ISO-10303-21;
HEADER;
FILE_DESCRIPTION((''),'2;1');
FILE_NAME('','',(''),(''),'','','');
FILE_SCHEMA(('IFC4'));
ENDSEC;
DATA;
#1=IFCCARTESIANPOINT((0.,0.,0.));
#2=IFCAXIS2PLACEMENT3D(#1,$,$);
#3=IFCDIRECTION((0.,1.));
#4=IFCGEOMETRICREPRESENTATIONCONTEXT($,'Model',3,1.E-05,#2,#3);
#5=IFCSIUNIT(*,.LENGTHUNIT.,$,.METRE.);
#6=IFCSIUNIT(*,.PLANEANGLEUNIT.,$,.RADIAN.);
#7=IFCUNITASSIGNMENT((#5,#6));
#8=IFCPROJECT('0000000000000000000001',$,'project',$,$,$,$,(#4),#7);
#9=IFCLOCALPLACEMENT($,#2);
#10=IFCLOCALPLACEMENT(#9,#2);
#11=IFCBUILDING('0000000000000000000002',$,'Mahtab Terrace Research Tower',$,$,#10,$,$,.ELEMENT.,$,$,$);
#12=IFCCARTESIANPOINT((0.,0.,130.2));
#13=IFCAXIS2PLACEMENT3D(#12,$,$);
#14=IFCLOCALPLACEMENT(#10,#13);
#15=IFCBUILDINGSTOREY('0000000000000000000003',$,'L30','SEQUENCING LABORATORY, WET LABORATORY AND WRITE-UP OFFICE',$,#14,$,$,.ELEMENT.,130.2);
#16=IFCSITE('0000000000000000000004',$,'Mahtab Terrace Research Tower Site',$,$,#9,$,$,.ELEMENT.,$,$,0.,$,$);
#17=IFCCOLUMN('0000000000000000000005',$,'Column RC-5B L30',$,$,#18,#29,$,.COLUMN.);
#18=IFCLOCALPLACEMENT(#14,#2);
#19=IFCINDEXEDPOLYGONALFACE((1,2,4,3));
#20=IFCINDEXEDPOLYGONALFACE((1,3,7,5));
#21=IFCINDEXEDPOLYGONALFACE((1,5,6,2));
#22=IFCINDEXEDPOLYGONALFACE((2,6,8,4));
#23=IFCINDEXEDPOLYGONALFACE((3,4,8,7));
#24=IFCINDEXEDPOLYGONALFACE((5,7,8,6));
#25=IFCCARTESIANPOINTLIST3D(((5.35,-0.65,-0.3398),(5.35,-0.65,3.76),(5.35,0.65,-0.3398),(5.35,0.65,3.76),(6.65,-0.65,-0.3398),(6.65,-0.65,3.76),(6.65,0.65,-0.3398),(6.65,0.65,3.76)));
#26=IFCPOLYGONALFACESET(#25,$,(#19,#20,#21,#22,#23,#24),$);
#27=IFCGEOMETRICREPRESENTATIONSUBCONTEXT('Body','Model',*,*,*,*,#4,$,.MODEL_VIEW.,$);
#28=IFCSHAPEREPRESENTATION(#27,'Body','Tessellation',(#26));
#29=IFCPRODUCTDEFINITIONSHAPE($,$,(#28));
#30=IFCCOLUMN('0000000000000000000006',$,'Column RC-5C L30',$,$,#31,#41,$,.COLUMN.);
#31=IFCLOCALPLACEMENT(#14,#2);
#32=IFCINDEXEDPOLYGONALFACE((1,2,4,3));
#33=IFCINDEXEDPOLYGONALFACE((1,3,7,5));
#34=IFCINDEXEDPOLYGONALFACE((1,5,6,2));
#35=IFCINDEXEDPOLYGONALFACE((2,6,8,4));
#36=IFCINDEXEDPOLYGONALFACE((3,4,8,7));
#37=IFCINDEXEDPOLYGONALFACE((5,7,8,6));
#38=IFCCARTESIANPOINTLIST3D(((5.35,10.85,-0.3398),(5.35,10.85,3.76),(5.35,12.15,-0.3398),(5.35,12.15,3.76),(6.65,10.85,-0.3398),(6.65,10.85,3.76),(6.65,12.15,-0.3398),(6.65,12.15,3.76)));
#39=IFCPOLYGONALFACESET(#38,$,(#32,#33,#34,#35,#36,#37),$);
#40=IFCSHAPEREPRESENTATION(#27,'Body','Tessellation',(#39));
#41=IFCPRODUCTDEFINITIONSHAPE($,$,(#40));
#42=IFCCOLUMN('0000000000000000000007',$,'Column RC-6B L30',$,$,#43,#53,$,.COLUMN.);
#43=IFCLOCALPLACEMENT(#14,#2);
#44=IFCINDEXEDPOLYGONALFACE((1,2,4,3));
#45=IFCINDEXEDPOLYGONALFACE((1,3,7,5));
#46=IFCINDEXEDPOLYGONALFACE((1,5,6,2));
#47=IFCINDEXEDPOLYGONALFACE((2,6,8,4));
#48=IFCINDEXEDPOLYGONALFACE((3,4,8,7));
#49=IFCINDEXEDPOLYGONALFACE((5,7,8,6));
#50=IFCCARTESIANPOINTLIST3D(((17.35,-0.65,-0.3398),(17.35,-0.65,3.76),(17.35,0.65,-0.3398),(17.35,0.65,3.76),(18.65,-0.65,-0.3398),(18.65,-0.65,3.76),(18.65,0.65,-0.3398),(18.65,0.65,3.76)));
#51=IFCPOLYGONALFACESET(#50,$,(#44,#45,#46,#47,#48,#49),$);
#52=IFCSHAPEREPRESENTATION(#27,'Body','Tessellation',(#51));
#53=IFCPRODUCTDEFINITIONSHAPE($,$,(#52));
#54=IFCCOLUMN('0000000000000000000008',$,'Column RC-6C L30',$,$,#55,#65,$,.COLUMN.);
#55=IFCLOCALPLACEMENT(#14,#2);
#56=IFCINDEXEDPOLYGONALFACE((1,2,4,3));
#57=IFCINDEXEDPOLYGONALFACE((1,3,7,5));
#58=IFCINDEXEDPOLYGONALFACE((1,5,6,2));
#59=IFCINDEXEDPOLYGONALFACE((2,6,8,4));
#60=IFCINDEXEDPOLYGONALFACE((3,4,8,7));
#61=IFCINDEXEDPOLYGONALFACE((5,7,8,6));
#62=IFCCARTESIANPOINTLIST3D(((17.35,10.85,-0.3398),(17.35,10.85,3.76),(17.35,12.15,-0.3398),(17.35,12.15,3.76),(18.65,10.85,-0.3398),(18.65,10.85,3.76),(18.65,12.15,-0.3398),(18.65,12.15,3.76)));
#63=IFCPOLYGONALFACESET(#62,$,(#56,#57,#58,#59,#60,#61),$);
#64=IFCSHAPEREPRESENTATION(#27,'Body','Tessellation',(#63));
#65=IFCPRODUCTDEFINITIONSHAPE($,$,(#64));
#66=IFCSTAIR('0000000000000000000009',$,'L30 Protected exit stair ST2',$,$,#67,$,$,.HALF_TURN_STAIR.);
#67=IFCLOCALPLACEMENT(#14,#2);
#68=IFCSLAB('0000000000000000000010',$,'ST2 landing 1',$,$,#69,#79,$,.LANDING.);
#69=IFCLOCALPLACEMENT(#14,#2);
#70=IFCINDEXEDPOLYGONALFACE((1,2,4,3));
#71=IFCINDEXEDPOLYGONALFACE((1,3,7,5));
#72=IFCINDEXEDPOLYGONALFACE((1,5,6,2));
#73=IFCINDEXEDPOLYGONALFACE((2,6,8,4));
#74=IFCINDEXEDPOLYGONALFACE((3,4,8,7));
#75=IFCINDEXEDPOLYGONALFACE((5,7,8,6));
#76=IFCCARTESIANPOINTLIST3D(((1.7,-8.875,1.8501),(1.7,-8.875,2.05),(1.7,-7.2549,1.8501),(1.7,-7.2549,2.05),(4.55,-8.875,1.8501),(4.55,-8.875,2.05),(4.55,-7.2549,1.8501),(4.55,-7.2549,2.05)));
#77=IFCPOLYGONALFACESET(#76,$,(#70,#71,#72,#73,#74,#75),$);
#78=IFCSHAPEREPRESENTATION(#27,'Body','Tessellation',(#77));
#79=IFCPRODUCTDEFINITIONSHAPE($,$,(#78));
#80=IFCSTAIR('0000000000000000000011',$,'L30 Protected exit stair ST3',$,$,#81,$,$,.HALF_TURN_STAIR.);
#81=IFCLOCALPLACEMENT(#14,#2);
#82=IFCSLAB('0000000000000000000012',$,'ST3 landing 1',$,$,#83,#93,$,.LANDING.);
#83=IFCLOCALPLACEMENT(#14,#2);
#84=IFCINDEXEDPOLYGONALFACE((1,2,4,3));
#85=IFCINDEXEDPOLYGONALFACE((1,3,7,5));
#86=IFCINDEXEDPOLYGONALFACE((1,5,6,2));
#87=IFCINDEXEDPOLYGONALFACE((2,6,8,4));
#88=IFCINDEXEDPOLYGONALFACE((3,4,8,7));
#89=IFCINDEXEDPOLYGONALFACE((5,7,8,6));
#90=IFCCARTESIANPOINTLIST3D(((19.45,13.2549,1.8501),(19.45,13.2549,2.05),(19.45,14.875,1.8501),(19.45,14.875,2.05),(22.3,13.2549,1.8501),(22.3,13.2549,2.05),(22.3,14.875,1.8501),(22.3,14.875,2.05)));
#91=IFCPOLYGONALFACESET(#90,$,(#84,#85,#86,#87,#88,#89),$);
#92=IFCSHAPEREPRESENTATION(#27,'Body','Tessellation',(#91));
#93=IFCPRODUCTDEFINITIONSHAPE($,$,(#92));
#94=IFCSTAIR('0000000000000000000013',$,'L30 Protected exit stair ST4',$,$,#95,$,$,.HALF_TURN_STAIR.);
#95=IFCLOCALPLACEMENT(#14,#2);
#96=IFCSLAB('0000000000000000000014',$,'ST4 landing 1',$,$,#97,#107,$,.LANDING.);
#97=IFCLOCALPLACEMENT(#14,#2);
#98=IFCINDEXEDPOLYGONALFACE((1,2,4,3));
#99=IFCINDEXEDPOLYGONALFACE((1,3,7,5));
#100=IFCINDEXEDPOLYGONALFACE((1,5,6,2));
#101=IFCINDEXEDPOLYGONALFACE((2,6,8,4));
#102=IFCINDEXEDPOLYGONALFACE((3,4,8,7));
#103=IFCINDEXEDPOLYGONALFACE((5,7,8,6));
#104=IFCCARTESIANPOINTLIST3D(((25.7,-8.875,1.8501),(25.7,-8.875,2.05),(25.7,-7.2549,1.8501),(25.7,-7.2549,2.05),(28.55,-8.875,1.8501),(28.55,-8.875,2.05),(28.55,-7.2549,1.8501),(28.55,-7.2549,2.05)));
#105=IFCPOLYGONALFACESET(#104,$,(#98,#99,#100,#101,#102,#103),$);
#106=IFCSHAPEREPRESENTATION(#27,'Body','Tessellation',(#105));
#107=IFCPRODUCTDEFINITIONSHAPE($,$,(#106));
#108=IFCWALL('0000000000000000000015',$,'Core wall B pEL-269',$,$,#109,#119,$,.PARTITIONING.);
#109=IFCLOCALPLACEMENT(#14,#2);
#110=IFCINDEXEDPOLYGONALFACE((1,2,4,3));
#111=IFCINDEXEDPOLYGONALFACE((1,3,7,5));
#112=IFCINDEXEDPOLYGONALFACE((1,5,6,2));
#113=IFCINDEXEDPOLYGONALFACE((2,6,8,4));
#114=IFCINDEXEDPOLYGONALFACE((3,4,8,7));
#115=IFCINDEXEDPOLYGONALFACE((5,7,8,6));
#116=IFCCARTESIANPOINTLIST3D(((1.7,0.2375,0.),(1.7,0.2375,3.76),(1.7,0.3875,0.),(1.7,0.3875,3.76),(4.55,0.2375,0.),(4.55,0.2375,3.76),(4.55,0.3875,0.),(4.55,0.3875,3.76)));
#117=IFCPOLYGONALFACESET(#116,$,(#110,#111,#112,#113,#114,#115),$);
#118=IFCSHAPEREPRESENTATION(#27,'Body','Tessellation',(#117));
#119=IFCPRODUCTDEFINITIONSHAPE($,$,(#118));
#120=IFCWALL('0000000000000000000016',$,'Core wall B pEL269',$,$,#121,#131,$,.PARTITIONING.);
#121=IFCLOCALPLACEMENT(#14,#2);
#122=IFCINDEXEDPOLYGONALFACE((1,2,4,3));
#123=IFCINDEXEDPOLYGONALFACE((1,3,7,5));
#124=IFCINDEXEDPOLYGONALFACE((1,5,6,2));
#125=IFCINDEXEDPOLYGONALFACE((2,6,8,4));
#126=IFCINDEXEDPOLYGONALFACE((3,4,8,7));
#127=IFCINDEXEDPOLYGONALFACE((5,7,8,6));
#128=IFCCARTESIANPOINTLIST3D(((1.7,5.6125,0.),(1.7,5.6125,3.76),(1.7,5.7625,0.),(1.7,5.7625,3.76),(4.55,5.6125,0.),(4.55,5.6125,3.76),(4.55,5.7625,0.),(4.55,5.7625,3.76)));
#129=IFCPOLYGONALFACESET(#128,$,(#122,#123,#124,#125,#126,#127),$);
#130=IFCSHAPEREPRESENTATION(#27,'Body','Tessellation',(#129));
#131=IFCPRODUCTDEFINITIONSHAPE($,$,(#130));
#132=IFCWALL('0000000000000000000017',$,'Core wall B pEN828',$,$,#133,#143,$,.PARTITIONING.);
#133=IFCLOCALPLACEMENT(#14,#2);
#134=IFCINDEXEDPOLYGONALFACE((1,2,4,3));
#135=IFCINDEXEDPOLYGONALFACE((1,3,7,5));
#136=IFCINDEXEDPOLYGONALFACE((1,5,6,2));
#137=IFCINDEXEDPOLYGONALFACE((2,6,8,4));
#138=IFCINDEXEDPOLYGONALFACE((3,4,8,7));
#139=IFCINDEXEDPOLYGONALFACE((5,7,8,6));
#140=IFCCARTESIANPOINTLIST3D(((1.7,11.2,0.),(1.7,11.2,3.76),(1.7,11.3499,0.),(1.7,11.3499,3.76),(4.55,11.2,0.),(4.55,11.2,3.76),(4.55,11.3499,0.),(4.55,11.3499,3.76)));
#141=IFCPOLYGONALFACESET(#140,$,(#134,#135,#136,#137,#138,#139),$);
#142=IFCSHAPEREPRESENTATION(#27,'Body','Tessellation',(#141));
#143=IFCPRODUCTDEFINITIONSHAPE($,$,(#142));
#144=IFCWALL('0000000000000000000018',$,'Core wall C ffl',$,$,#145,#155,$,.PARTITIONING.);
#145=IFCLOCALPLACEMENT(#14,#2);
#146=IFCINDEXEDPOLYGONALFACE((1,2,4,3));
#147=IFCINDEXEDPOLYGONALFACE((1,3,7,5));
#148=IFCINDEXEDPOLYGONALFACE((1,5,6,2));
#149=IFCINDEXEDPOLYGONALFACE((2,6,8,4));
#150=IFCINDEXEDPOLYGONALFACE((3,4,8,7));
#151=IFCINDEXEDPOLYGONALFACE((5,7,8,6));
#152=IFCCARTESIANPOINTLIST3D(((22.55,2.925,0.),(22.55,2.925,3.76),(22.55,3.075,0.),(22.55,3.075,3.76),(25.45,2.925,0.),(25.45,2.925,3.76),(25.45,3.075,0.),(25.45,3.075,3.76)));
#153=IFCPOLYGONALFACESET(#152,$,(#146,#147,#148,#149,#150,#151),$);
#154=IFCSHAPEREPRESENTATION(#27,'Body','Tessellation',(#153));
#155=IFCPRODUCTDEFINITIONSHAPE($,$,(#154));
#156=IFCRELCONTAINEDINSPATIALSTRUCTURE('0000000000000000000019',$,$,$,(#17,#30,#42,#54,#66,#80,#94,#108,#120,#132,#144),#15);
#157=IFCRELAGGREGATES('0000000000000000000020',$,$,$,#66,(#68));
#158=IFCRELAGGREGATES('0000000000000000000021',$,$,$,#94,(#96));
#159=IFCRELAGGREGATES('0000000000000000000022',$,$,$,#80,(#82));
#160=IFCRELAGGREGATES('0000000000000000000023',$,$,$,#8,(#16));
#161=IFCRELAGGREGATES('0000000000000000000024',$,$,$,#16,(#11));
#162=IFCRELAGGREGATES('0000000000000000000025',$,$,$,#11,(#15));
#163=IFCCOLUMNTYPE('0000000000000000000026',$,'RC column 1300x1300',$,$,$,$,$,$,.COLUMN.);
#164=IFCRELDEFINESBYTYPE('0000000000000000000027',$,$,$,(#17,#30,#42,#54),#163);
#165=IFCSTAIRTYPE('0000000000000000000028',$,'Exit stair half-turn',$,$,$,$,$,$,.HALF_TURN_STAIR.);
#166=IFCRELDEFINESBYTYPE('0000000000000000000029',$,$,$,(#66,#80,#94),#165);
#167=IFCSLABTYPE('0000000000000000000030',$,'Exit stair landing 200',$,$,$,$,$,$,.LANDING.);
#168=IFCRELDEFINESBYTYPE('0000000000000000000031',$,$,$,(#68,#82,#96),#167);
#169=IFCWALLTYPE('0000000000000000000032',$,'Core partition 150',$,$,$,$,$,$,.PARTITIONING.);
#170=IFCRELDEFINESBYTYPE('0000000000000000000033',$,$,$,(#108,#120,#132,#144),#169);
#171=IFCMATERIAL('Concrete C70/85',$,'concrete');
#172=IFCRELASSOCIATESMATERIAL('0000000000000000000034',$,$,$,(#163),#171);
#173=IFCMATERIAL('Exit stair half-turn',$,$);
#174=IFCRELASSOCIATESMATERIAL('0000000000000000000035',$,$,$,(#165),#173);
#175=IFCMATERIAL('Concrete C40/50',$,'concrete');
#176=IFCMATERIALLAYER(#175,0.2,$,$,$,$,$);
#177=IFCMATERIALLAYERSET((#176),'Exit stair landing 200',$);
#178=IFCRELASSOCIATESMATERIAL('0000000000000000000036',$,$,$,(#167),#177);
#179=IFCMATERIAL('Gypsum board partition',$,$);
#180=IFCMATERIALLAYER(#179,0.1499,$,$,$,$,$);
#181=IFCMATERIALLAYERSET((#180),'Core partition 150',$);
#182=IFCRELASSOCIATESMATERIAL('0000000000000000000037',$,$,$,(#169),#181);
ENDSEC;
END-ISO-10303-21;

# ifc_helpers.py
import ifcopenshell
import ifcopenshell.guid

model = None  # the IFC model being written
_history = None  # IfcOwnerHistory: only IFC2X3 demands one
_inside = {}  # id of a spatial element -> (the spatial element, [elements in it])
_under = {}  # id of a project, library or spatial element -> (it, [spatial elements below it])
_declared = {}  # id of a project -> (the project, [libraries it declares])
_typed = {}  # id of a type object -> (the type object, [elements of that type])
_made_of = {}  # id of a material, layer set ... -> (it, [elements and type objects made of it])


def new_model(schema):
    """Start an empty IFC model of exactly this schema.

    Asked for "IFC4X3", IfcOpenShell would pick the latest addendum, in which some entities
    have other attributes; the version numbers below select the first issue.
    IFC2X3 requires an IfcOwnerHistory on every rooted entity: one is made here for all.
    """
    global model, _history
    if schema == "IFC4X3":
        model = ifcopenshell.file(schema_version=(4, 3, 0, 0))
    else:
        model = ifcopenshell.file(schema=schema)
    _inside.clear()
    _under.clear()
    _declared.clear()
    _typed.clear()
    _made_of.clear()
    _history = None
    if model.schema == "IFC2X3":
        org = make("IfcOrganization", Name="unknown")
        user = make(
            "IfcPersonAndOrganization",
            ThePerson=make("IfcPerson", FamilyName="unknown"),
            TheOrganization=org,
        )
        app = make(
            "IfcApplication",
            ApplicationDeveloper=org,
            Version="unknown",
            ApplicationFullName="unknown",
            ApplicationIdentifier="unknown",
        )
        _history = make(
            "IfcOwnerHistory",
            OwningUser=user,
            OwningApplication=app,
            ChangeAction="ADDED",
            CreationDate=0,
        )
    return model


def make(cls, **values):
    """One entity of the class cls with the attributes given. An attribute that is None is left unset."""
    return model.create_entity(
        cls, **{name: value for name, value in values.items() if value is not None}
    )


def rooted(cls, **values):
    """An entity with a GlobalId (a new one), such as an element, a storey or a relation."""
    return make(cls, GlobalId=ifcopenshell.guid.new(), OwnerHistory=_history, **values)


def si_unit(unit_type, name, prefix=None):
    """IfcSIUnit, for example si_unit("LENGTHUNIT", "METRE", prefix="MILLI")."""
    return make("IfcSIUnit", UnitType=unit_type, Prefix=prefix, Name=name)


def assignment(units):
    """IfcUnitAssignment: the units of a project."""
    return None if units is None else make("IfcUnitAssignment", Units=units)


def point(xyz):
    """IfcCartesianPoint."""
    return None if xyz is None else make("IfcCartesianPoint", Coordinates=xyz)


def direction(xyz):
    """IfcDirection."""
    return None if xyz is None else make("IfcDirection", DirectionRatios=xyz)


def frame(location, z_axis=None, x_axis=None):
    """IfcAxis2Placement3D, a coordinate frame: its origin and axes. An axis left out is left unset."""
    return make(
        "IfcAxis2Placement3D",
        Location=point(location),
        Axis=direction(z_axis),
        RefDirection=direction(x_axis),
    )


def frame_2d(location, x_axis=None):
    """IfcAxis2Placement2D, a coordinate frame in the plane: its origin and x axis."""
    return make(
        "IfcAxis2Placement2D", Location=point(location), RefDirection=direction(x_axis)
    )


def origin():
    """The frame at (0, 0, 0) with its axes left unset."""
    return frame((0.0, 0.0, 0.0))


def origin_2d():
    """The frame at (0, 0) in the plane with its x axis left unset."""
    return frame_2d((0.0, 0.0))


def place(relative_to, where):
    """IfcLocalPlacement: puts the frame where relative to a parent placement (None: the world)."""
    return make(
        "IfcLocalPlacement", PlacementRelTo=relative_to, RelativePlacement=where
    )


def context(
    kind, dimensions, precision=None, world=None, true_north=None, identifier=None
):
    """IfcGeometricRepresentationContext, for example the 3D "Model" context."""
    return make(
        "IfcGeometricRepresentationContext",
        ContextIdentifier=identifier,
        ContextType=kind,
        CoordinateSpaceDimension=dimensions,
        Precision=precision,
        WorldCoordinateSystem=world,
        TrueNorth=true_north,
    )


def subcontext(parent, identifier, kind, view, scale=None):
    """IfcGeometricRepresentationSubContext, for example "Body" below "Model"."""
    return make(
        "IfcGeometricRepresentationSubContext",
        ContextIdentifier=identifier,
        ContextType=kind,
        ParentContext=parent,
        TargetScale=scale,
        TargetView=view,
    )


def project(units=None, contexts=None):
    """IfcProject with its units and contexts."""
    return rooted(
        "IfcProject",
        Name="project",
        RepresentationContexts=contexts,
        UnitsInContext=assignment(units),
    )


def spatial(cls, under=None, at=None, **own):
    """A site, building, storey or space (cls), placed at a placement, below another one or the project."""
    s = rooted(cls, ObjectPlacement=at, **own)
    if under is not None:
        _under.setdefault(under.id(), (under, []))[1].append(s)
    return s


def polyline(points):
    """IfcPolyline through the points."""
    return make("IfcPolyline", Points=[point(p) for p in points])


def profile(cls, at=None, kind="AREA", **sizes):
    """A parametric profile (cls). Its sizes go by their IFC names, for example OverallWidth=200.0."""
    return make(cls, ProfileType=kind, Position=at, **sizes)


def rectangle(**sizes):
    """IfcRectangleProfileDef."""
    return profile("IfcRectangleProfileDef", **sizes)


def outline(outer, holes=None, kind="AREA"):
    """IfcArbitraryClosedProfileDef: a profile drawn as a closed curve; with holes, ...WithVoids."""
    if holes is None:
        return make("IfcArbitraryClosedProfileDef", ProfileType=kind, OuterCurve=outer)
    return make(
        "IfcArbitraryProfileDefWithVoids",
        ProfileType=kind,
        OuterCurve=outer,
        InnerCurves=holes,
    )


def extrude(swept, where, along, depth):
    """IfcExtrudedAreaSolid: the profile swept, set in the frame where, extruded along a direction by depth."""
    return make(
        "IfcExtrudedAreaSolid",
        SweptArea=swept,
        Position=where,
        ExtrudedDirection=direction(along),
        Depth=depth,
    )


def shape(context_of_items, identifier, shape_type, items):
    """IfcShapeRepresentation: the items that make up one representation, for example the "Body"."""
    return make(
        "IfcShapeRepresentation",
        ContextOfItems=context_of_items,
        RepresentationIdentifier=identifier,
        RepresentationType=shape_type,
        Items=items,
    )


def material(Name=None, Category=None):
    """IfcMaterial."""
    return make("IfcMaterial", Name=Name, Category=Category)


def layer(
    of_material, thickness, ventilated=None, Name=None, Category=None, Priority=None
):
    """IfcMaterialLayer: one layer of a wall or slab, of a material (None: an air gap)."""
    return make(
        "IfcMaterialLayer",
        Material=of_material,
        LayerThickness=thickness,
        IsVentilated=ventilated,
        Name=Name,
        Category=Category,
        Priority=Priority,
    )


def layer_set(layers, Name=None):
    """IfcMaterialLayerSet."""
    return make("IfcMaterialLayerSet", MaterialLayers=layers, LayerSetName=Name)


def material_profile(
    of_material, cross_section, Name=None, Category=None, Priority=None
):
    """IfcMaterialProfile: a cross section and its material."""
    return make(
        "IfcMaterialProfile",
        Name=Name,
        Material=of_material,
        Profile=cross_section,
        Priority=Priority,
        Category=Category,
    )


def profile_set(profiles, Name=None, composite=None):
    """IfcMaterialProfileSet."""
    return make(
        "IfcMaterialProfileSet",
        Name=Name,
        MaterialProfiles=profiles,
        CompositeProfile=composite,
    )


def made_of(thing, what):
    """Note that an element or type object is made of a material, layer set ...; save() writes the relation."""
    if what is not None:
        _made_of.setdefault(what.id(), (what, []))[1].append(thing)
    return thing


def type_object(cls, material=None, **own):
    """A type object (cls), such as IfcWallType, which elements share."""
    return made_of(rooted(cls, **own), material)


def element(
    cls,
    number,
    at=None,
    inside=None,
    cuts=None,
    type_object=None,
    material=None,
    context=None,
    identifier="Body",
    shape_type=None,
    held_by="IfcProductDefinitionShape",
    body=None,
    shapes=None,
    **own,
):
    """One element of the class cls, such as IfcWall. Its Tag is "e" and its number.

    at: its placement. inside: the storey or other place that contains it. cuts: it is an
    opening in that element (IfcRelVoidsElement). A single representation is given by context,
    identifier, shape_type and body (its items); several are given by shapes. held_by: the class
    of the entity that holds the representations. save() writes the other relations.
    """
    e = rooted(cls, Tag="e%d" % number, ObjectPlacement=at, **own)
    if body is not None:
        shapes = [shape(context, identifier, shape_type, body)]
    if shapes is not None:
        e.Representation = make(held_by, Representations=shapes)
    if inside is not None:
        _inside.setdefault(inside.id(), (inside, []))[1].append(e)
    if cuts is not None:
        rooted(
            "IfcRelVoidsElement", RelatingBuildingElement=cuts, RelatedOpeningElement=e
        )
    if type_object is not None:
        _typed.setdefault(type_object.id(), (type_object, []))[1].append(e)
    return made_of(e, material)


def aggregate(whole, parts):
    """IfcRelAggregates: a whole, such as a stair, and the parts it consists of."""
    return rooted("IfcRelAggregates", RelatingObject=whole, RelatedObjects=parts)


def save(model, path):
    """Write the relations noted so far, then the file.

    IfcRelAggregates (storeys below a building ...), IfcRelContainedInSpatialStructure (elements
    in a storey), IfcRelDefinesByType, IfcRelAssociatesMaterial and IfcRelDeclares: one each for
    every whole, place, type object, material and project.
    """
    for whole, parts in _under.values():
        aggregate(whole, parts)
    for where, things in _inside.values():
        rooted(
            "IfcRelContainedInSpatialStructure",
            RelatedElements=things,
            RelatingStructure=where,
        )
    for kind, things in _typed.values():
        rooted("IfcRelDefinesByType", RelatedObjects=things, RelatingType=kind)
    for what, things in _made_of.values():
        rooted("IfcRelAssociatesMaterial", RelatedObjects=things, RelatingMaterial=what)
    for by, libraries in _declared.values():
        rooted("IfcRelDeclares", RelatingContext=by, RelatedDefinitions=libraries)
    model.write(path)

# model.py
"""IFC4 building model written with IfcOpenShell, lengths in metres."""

from ifc_helpers import new_model, si_unit, direction, frame, frame_2d, origin, origin_2d, place, context, subcontext, project, spatial, polyline, rectangle, outline, extrude, material, layer, layer_set, material_profile, profile_set, type_object, element, aggregate, save


model = new_model("IFC4")

# Units and contexts
model_context = context("Model", 3, precision=1e-05, world=origin(), true_north=direction((0.0, 1.0)))
body_context = subcontext(model_context, "Body", "Model", "MODEL_VIEW")
ifc_project = project(units=[si_unit("LENGTHUNIT", "METRE"), si_unit("PLANEANGLEUNIT", "RADIAN")], contexts=[model_context])

# Site, building, storey
site_placement = place(None, origin())
site = spatial("IfcSite", under=ifc_project, at=site_placement, Name="Mahtab Terrace Research Tower Site", CompositionType="ELEMENT", RefElevation=0.0)
building_placement = place(site_placement, origin())
building = spatial("IfcBuilding", under=site, at=building_placement, Name="Mahtab Terrace Research Tower", CompositionType="ELEMENT")
storey_placement = place(building_placement, frame((0.0, 0.0, 130.2)))
storey = spatial("IfcBuildingStorey", under=building, at=storey_placement, Name="L30", Description="SEQUENCING LABORATORY, WET LABORATORY AND WRITE-UP OFFICE", CompositionType="ELEMENT", Elevation=130.2)

# Columns
ifc_material_1 = material(Name="Concrete C70/85", Category="concrete")
ifc_material_profile = material_profile(ifc_material_1, rectangle(XDim=1.3, YDim=1.3, at=origin_2d()), Name="RC column 1300x1300")
ifc_profile_set = profile_set([ifc_material_profile], Name="Concrete C70/85")
column_type = type_object("IfcColumnType", Name="RC column 1300x1300", PredefinedType="COLUMN", material=ifc_profile_set)
for number, where, z_axis, x_axis, name in (
    (1, (6.0, 0.0, -0.3398), (0.0, 0.0, 1.0), (1.0, 0.0, 0.0), "Column RC-5B L30"),
    (2, (6.0, 11.5, -0.3398), (0.0, 0.0, 1.0), (1.0, 0.0, 0.0), "Column RC-5C L30"),
    (3, (18.0, 0.0, -0.3398), (0.0, 0.0, 1.0), (1.0, 0.0, 0.0), "Column RC-6B L30"),
    (4, (18.0, 11.5, -0.3398), (0.0, 0.0, 1.0), (1.0, 0.0, 0.0), "Column RC-6C L30"),
):
    element("IfcColumn", number, at=place(storey_placement, frame(where, z_axis=z_axis, x_axis=x_axis)), inside=storey, type_object=column_type, Name=name, PredefinedType="COLUMN", context=body_context, shape_type="SweptSolid", body=[
        extrude(rectangle(XDim=1.3, YDim=1.3, at=origin_2d()), origin(), (0.0, 0.0, 1.0), 4.0999),
    ])

# Stairs, slabs
ifc_material_2 = material(Name="Exit stair half-turn")
stair_type = type_object("IfcStairType", Name="Exit stair half-turn", PredefinedType="HALF_TURN_STAIR", material=ifc_material_2)
stair_1_placement = place(storey_placement, origin())
stair_1 = element("IfcStair", 5, at=stair_1_placement, inside=storey, type_object=stair_type, Name="L30 Protected exit stair ST2", PredefinedType="HALF_TURN_STAIR")
ifc_material_3 = material(Name="Concrete C40/50", Category="concrete")
ifc_layer_1 = layer(ifc_material_3, 0.2)
ifc_layer_set_1 = layer_set([ifc_layer_1], Name="Exit stair landing 200")
slab_type = type_object("IfcSlabType", Name="Exit stair landing 200", PredefinedType="LANDING", material=ifc_layer_set_1)
slab_1_placement = place(storey_placement, frame((0.0, 0.0, 1.8501)))
slab_1 = element("IfcSlab", 6, at=slab_1_placement, type_object=slab_type, Name="ST2 landing 1", PredefinedType="LANDING", context=body_context, shape_type="SweptSolid", body=[
    extrude(outline(polyline([(1.7, -7.2549), (1.7, -8.875), (4.55, -8.875), (4.55, -7.2549), (1.7, -7.2549)])), origin(), (0.0, 0.0, 1.0), 0.2),
])
aggregate(stair_1, [slab_1])
stair_2_placement = place(storey_placement, origin())
stair_2 = element("IfcStair", 7, at=stair_2_placement, inside=storey, type_object=stair_type, Name="L30 Protected exit stair ST3", PredefinedType="HALF_TURN_STAIR")
slab_2_placement = place(storey_placement, frame((0.0, 0.0, 1.8501)))
slab_2 = element("IfcSlab", 8, at=slab_2_placement, type_object=slab_type, Name="ST3 landing 1", PredefinedType="LANDING", context=body_context, shape_type="SweptSolid", body=[
    extrude(outline(polyline([(22.3, 13.2549), (22.3, 14.875), (19.45, 14.875), (19.45, 13.2549), (22.3, 13.2549)])), origin(), (0.0, 0.0, 1.0), 0.2),
])
stair_3_placement = place(storey_placement, origin())
stair_3 = element("IfcStair", 9, at=stair_3_placement, inside=storey, type_object=stair_type, Name="L30 Protected exit stair ST4", PredefinedType="HALF_TURN_STAIR")
slab_3_placement = place(storey_placement, frame((0.0, 0.0, 1.8501)))
slab_3 = element("IfcSlab", 10, at=slab_3_placement, type_object=slab_type, Name="ST4 landing 1", PredefinedType="LANDING", context=body_context, shape_type="SweptSolid", body=[
    extrude(outline(polyline([(25.7, -7.2549), (25.7, -8.875), (28.55, -8.875), (28.55, -7.2549), (25.7, -7.2549)])), origin(), (0.0, 0.0, 1.0), 0.2),
])
aggregate(stair_3, [slab_3])

# Walls
ifc_material_4 = material(Name="Gypsum board partition")
ifc_layer_2 = layer(ifc_material_4, 0.1499)
ifc_layer_set_2 = layer_set([ifc_layer_2], Name="Core partition 150")
wall_type_1 = type_object("IfcWallType", Name="Core partition 150", PredefinedType="PARTITIONING", material=ifc_layer_set_2)
for number, where, z_axis, x_axis, name in (
    (11, (1.7, 0.3125, 0.0), (0.0, 0.0, 1.0), (1.0, 0.0, 0.0), "Core wall B pEL-269"),
    (12, (1.7, 5.6875, 0.0), (0.0, 0.0, 1.0), (1.0, 0.0, 0.0), "Core wall B pEL269"),
    (13, (1.7, 11.2749, 0.0), (0.0, 0.0, 1.0), (1.0, 0.0, 0.0), "Core wall B pEN828"),
):
    element("IfcWall", number, at=place(storey_placement, frame(where, z_axis=z_axis, x_axis=x_axis)), inside=storey, type_object=wall_type_1, Name=name, PredefinedType="PARTITIONING", context=body_context, shape_type="SweptSolid", body=[
        extrude(rectangle(XDim=2.8501, YDim=0.1499, at=frame_2d((1.425, 0.0))), origin(), (0.0, 0.0, 1.0), 3.76),
    ])
wall_1_placement = place(storey_placement, frame((22.55, 3.0, 0.0), z_axis=(0.0, 0.0, 1.0), x_axis=(1.0, 0.0, 0.0)))
element("IfcWall", 14, at=wall_1_placement, inside=storey, type_object=wall_type_1, Name="Core wall C ffl", PredefinedType="PARTITIONING", context=body_context, shape_type="SweptSolid", body=[
    extrude(rectangle(XDim=2.8999, YDim=0.1499, at=frame_2d((1.45, 0.0))), origin(), (0.0, 0.0, 1.0), 3.76),
])

aggregate(stair_2, [slab_2])

save(model, "model.ifc")
